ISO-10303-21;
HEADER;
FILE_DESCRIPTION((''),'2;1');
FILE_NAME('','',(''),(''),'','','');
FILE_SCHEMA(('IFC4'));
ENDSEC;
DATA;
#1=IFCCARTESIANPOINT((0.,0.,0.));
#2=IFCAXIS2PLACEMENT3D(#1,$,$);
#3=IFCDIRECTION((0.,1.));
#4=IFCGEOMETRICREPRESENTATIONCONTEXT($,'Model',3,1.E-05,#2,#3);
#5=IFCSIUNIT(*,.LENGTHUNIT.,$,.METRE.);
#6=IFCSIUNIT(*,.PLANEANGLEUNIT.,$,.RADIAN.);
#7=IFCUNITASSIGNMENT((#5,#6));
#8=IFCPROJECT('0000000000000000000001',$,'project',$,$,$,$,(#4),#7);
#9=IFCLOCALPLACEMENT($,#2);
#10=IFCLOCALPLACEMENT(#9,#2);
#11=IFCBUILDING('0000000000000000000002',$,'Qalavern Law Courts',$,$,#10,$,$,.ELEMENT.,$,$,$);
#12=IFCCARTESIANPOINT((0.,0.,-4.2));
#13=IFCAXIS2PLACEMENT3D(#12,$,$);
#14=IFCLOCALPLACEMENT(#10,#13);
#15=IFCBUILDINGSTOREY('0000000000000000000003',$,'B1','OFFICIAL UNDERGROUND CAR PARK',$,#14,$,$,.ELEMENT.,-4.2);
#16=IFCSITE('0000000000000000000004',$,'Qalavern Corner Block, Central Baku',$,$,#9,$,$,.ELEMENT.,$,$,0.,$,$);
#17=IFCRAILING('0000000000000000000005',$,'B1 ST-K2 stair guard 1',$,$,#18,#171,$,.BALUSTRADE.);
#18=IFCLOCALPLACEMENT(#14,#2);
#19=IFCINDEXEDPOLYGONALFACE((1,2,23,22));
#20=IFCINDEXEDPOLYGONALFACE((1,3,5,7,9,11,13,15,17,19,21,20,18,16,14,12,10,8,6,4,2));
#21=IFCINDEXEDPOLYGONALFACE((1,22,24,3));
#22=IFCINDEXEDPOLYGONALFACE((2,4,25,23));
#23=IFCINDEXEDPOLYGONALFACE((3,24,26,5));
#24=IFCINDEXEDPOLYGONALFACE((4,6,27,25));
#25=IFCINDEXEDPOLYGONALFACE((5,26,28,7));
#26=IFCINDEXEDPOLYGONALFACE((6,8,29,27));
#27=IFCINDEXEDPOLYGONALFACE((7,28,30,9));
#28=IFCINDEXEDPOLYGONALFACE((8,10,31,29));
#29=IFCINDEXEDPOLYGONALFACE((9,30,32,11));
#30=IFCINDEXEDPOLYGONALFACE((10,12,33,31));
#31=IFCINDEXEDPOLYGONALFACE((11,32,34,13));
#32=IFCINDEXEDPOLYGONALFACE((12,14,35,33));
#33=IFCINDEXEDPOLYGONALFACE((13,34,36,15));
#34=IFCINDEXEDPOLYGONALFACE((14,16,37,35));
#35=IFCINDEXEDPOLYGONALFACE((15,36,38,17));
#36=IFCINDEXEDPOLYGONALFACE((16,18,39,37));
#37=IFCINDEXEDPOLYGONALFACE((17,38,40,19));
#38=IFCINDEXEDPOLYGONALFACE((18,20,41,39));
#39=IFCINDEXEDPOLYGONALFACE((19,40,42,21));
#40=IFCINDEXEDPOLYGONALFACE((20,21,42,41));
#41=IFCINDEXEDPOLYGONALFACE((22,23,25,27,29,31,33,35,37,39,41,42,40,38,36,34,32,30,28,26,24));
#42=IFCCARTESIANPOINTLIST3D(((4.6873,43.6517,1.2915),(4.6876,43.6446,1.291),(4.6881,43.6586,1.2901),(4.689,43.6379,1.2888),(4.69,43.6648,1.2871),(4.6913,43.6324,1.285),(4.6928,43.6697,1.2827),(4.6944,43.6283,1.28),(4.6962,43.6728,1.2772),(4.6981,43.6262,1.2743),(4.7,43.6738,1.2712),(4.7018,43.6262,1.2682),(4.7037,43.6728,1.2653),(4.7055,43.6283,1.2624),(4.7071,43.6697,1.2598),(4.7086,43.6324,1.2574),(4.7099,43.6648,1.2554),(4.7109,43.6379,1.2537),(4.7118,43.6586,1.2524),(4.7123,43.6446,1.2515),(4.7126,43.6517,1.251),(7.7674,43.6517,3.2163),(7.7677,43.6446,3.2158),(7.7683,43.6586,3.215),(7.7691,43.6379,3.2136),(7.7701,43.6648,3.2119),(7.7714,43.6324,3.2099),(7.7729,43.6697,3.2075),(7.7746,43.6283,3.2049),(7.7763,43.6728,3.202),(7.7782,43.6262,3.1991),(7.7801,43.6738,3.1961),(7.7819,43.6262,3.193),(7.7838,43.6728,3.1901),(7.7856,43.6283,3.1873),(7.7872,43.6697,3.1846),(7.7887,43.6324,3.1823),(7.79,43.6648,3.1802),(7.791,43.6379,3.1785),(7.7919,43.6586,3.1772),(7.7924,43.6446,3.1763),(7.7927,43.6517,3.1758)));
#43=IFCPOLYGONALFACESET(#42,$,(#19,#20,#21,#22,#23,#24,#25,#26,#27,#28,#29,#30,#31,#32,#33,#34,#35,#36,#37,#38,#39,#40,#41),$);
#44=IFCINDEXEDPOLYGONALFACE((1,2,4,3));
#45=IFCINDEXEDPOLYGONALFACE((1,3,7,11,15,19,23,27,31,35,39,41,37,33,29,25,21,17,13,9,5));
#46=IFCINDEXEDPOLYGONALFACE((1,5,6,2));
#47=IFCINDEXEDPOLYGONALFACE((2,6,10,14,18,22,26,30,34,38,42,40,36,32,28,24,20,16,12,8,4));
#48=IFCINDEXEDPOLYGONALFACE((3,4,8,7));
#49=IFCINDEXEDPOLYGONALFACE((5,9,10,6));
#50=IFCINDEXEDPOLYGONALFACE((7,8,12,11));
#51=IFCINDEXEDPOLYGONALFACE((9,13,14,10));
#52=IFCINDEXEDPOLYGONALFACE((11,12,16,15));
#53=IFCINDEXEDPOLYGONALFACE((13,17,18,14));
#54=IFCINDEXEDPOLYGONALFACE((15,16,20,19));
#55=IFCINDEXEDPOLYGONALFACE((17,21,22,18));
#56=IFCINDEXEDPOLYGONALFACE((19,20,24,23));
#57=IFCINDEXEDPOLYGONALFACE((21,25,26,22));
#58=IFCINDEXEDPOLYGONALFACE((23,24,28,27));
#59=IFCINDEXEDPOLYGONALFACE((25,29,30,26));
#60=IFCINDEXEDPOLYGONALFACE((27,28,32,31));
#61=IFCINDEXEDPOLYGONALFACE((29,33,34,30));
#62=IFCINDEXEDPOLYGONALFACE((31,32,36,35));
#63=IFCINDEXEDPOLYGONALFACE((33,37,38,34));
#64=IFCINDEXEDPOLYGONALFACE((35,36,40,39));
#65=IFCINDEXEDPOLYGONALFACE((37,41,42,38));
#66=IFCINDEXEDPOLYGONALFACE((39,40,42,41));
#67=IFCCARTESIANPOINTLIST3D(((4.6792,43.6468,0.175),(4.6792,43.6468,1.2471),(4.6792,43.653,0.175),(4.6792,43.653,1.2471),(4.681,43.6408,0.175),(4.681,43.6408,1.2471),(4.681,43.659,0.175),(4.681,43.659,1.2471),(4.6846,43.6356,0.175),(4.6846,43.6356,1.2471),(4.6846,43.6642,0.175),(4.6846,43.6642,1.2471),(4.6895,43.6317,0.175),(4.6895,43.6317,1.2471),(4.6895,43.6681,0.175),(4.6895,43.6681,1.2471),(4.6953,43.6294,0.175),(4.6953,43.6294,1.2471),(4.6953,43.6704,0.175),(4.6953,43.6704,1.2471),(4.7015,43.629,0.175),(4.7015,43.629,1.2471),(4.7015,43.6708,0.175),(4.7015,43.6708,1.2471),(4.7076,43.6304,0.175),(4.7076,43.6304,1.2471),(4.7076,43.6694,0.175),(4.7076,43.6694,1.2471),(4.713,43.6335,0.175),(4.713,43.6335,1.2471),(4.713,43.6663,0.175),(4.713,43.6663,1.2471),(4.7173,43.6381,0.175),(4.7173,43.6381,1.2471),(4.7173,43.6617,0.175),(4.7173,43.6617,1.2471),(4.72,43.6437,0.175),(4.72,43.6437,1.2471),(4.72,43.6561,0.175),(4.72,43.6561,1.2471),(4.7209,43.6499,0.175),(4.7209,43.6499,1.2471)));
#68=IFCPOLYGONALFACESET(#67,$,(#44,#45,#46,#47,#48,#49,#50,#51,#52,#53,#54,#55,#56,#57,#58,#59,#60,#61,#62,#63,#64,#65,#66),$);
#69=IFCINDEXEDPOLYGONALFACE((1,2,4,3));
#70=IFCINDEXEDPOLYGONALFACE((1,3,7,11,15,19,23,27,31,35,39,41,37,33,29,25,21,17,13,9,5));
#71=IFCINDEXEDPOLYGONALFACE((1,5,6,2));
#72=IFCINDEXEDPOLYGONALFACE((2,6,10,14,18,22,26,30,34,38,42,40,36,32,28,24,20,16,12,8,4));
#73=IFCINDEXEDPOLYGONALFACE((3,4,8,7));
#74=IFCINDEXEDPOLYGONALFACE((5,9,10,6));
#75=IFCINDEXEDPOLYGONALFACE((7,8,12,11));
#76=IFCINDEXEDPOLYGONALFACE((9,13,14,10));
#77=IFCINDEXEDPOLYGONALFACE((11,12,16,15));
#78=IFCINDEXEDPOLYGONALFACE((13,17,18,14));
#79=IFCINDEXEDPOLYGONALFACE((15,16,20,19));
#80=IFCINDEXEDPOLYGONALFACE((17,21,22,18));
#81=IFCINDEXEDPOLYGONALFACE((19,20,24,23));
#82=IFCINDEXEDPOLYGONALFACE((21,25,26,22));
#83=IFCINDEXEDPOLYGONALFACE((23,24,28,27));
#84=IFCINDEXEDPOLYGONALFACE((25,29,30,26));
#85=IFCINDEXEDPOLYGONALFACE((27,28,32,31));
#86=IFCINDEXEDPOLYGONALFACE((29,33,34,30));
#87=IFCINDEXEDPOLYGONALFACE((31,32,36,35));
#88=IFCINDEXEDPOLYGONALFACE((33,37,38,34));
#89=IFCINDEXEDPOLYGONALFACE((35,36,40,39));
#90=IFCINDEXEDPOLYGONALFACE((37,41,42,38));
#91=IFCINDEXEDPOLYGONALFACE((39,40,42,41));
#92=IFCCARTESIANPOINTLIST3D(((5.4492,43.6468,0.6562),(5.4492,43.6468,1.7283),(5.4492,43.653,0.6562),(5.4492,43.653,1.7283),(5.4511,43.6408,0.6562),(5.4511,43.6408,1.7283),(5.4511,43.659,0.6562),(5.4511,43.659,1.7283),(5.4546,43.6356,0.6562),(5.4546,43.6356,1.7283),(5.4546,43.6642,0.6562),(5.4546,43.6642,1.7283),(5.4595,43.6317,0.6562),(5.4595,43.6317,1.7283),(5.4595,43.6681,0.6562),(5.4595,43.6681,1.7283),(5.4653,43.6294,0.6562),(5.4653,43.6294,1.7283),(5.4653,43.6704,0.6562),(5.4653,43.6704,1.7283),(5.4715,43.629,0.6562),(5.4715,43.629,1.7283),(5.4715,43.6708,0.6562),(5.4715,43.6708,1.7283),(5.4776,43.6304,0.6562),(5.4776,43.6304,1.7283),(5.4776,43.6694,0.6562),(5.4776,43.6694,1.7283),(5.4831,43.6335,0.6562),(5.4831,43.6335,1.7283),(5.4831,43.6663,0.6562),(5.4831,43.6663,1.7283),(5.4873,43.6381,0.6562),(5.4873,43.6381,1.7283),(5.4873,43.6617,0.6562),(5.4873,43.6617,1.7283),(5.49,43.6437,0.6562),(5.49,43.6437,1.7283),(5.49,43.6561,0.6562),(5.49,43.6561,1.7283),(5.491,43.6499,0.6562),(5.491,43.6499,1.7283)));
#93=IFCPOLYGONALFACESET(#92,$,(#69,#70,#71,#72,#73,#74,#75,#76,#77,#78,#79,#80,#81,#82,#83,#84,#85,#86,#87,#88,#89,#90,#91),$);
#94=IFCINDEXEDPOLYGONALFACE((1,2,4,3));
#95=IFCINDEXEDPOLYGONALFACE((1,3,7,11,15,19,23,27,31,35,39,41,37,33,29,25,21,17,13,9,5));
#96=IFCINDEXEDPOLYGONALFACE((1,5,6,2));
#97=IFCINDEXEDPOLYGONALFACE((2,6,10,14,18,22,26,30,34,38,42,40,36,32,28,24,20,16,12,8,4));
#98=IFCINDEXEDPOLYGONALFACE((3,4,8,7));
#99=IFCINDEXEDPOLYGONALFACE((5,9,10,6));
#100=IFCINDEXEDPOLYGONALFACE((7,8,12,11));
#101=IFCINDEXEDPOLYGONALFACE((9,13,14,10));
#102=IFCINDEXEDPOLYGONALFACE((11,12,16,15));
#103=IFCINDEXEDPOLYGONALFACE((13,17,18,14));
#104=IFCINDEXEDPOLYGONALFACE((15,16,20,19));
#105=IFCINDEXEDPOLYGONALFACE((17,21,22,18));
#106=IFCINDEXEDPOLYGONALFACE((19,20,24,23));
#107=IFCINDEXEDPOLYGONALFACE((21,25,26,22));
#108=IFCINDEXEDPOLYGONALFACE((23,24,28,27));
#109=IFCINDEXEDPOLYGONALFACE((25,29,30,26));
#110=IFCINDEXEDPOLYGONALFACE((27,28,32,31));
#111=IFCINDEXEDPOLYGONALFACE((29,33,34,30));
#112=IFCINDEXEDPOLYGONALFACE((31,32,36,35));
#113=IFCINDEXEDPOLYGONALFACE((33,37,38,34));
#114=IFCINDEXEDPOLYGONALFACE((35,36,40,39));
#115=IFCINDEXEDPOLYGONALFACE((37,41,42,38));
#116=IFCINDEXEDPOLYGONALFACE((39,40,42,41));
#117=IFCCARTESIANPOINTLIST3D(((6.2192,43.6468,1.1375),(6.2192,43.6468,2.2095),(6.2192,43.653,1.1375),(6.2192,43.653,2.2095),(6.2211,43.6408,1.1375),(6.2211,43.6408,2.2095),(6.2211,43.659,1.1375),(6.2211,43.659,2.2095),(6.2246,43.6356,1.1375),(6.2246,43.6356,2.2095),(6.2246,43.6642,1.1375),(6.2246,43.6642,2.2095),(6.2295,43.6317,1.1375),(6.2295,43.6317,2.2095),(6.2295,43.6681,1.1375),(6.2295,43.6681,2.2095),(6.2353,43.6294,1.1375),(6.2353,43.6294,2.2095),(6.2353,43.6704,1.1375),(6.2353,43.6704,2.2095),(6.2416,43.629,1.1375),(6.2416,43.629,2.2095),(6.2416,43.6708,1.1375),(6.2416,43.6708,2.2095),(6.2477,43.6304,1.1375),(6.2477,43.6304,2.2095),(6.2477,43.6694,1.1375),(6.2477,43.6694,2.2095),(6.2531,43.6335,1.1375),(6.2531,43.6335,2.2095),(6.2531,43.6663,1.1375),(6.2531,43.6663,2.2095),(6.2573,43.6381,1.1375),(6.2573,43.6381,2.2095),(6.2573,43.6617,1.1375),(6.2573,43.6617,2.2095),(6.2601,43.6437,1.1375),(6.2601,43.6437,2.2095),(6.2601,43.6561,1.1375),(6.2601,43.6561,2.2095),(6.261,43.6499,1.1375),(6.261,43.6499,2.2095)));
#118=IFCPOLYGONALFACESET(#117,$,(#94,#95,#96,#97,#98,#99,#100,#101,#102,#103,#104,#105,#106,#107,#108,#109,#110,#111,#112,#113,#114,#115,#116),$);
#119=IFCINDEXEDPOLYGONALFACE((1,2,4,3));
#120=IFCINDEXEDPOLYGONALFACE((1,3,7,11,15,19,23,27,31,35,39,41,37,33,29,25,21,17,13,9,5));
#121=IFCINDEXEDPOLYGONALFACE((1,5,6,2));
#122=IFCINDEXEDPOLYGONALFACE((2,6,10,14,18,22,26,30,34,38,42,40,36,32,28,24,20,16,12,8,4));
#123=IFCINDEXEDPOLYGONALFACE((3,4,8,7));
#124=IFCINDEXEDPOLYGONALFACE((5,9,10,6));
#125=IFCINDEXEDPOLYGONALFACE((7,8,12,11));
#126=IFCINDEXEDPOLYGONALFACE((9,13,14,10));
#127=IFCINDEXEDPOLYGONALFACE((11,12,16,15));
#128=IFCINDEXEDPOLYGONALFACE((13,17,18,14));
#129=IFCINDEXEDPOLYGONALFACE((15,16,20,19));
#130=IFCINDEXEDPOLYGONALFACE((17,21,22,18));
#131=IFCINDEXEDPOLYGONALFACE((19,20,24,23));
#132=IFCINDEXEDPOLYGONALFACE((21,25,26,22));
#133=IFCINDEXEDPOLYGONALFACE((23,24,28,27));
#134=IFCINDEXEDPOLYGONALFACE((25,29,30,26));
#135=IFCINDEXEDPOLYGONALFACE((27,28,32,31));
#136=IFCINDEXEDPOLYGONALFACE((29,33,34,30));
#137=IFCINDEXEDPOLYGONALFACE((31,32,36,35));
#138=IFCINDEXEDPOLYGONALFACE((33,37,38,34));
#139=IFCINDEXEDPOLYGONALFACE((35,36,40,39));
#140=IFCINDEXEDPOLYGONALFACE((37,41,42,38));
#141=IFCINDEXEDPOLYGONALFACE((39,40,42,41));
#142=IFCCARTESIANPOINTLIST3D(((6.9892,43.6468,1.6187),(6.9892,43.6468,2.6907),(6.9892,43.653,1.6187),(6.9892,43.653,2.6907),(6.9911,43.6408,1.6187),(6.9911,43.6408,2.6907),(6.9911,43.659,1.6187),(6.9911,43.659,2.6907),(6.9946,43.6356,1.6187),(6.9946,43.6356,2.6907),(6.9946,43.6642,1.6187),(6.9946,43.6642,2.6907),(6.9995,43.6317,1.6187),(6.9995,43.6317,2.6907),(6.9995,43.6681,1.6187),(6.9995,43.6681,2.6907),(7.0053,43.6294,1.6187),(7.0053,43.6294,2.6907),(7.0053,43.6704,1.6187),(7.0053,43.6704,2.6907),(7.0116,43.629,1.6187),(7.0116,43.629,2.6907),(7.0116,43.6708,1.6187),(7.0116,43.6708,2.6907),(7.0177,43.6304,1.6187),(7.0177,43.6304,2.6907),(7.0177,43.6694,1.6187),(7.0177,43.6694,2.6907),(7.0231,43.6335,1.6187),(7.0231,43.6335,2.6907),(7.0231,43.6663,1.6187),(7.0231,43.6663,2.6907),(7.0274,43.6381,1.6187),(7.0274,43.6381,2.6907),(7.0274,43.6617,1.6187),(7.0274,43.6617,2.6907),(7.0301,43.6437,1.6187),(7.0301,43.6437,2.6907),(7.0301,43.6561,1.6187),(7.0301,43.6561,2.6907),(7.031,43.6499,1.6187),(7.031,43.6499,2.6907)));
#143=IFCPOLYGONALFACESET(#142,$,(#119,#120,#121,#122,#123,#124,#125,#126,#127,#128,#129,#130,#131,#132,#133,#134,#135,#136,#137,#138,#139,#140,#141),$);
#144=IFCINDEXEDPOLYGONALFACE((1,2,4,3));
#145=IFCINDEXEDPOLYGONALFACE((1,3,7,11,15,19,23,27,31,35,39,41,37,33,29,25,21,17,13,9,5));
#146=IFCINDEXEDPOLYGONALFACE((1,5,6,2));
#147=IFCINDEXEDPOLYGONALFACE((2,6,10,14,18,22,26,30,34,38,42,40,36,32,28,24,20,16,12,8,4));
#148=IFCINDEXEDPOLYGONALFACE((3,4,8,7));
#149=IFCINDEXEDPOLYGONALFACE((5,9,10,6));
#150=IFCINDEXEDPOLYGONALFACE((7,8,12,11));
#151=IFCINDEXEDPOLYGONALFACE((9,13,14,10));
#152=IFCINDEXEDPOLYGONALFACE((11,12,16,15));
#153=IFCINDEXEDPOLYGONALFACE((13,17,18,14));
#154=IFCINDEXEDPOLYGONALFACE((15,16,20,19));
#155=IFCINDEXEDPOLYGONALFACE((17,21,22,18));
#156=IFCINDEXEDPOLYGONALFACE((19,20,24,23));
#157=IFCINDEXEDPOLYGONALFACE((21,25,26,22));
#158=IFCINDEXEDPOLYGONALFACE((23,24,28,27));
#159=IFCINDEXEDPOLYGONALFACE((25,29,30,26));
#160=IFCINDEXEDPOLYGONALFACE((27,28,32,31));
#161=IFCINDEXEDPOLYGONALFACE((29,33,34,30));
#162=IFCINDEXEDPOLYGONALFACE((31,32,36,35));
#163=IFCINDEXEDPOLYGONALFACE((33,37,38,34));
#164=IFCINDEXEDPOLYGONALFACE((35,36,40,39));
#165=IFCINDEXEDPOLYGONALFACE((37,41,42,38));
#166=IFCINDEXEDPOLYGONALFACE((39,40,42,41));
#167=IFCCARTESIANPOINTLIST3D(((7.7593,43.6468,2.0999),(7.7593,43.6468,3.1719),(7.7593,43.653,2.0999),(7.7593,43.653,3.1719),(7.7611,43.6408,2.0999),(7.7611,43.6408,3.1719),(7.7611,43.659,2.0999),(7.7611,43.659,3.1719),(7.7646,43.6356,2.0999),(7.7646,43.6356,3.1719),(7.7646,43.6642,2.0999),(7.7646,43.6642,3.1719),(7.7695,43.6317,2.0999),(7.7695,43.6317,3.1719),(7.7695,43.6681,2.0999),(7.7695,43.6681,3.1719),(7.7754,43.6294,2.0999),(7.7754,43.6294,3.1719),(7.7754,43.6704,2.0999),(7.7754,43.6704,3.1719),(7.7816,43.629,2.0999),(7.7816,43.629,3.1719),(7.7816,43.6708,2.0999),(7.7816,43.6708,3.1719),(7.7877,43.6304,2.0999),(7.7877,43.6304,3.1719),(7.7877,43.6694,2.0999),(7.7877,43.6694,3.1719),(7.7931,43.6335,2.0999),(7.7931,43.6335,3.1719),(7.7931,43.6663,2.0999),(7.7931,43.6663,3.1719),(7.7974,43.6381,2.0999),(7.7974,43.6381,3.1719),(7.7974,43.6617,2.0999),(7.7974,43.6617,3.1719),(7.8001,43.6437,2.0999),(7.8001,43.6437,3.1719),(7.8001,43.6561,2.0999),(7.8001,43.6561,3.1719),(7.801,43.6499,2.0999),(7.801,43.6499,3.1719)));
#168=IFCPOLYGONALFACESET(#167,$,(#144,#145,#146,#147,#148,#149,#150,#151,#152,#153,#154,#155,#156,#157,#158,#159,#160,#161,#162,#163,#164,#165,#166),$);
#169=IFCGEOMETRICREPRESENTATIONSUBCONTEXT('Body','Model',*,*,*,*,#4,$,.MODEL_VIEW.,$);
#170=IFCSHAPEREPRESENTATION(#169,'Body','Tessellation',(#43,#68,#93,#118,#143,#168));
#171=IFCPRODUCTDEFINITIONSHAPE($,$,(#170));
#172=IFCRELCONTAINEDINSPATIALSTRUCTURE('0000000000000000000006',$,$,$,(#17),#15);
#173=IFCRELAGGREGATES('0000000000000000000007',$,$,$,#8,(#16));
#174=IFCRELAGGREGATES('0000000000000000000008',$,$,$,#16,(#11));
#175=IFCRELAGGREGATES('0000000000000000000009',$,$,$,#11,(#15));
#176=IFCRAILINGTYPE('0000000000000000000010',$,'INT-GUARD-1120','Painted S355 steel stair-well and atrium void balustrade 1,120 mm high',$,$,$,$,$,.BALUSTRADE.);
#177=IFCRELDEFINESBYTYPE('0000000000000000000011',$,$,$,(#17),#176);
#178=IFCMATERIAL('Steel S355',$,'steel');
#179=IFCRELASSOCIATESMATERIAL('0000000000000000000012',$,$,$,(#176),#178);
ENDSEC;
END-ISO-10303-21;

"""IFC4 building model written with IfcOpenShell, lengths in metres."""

from ifc_helpers import new_model, si_unit, direction, frame, origin, origin_2d, place, context, subcontext, project, spatial, circle, extrude, material, type_object, element, save


model = new_model("IFC4")

# Units and contexts
model_context = context("Model", 3, precision=1e-05, world=origin(), true_north=direction((0.0, 1.0)))
body_context = subcontext(model_context, "Body", "Model", "MODEL_VIEW")
ifc_project = project(units=[si_unit("LENGTHUNIT", "METRE"), si_unit("PLANEANGLEUNIT", "RADIAN")], contexts=[model_context])

# Site, building, storey
site_placement = place(None, origin())
site = spatial("IfcSite", under=ifc_project, at=site_placement, Name="Qalavern Corner Block, Central Baku", CompositionType="ELEMENT", RefElevation=0.0)
building_placement = place(site_placement, origin())
building = spatial("IfcBuilding", under=site, at=building_placement, Name="Qalavern Law Courts", CompositionType="ELEMENT")
storey_placement = place(building_placement, frame((0.0, 0.0, -4.2)))
storey = spatial("IfcBuildingStorey", under=building, at=storey_placement, Name="B1", Description="OFFICIAL UNDERGROUND CAR PARK", CompositionType="ELEMENT", Elevation=-4.2)

# Shared definitions
ifc_material_1 = material(Name="Steel S355", Category="steel")

# Railing
railing_type_1 = type_object("IfcRailingType", Name="INT-GUARD-1120", Description="Painted S355 steel stair-well and atrium void balustrade 1,120 mm high", PredefinedType="BALUSTRADE", material=ifc_material_1)
railing_1_placement = place(storey_placement, frame((4.7, 43.6499, 0.175)))
element("IfcRailing", 1, at=railing_1_placement, inside=storey, type_object=railing_type_1, Name="B1 ST-K2 stair guard 1", PredefinedType="BALUSTRADE", context=body_context, shape_type="SweptSolid", body=[
    extrude(circle(Radius=0.0239, at=origin_2d()), frame((0.0, 0.0, 1.0962), z_axis=(0.848029, 0.0, 0.529951), x_axis=(0.0, 1.0, 0.0)), (0.0, 0.0, 1.0), 3.6321),
    extrude(circle(Radius=0.021, at=origin_2d()), origin(), (0.0, 0.0, 1.0), 1.072),
    extrude(circle(Radius=0.021, at=origin_2d()), frame((0.77, 0.0, 0.4812)), (0.0, 0.0, 1.0), 1.072),
    extrude(circle(Radius=0.021, at=origin_2d()), frame((1.54, 0.0, 0.9624)), (0.0, 0.0, 1.0), 1.072),
    extrude(circle(Radius=0.021, at=origin_2d()), frame((2.3101, 0.0, 1.4436)), (0.0, 0.0, 1.0), 1.072),
    extrude(circle(Radius=0.021, at=origin_2d()), frame((3.0801, 0.0, 1.9248)), (0.0, 0.0, 1.0), 1.072),
])

save(model, "model.ifc")
